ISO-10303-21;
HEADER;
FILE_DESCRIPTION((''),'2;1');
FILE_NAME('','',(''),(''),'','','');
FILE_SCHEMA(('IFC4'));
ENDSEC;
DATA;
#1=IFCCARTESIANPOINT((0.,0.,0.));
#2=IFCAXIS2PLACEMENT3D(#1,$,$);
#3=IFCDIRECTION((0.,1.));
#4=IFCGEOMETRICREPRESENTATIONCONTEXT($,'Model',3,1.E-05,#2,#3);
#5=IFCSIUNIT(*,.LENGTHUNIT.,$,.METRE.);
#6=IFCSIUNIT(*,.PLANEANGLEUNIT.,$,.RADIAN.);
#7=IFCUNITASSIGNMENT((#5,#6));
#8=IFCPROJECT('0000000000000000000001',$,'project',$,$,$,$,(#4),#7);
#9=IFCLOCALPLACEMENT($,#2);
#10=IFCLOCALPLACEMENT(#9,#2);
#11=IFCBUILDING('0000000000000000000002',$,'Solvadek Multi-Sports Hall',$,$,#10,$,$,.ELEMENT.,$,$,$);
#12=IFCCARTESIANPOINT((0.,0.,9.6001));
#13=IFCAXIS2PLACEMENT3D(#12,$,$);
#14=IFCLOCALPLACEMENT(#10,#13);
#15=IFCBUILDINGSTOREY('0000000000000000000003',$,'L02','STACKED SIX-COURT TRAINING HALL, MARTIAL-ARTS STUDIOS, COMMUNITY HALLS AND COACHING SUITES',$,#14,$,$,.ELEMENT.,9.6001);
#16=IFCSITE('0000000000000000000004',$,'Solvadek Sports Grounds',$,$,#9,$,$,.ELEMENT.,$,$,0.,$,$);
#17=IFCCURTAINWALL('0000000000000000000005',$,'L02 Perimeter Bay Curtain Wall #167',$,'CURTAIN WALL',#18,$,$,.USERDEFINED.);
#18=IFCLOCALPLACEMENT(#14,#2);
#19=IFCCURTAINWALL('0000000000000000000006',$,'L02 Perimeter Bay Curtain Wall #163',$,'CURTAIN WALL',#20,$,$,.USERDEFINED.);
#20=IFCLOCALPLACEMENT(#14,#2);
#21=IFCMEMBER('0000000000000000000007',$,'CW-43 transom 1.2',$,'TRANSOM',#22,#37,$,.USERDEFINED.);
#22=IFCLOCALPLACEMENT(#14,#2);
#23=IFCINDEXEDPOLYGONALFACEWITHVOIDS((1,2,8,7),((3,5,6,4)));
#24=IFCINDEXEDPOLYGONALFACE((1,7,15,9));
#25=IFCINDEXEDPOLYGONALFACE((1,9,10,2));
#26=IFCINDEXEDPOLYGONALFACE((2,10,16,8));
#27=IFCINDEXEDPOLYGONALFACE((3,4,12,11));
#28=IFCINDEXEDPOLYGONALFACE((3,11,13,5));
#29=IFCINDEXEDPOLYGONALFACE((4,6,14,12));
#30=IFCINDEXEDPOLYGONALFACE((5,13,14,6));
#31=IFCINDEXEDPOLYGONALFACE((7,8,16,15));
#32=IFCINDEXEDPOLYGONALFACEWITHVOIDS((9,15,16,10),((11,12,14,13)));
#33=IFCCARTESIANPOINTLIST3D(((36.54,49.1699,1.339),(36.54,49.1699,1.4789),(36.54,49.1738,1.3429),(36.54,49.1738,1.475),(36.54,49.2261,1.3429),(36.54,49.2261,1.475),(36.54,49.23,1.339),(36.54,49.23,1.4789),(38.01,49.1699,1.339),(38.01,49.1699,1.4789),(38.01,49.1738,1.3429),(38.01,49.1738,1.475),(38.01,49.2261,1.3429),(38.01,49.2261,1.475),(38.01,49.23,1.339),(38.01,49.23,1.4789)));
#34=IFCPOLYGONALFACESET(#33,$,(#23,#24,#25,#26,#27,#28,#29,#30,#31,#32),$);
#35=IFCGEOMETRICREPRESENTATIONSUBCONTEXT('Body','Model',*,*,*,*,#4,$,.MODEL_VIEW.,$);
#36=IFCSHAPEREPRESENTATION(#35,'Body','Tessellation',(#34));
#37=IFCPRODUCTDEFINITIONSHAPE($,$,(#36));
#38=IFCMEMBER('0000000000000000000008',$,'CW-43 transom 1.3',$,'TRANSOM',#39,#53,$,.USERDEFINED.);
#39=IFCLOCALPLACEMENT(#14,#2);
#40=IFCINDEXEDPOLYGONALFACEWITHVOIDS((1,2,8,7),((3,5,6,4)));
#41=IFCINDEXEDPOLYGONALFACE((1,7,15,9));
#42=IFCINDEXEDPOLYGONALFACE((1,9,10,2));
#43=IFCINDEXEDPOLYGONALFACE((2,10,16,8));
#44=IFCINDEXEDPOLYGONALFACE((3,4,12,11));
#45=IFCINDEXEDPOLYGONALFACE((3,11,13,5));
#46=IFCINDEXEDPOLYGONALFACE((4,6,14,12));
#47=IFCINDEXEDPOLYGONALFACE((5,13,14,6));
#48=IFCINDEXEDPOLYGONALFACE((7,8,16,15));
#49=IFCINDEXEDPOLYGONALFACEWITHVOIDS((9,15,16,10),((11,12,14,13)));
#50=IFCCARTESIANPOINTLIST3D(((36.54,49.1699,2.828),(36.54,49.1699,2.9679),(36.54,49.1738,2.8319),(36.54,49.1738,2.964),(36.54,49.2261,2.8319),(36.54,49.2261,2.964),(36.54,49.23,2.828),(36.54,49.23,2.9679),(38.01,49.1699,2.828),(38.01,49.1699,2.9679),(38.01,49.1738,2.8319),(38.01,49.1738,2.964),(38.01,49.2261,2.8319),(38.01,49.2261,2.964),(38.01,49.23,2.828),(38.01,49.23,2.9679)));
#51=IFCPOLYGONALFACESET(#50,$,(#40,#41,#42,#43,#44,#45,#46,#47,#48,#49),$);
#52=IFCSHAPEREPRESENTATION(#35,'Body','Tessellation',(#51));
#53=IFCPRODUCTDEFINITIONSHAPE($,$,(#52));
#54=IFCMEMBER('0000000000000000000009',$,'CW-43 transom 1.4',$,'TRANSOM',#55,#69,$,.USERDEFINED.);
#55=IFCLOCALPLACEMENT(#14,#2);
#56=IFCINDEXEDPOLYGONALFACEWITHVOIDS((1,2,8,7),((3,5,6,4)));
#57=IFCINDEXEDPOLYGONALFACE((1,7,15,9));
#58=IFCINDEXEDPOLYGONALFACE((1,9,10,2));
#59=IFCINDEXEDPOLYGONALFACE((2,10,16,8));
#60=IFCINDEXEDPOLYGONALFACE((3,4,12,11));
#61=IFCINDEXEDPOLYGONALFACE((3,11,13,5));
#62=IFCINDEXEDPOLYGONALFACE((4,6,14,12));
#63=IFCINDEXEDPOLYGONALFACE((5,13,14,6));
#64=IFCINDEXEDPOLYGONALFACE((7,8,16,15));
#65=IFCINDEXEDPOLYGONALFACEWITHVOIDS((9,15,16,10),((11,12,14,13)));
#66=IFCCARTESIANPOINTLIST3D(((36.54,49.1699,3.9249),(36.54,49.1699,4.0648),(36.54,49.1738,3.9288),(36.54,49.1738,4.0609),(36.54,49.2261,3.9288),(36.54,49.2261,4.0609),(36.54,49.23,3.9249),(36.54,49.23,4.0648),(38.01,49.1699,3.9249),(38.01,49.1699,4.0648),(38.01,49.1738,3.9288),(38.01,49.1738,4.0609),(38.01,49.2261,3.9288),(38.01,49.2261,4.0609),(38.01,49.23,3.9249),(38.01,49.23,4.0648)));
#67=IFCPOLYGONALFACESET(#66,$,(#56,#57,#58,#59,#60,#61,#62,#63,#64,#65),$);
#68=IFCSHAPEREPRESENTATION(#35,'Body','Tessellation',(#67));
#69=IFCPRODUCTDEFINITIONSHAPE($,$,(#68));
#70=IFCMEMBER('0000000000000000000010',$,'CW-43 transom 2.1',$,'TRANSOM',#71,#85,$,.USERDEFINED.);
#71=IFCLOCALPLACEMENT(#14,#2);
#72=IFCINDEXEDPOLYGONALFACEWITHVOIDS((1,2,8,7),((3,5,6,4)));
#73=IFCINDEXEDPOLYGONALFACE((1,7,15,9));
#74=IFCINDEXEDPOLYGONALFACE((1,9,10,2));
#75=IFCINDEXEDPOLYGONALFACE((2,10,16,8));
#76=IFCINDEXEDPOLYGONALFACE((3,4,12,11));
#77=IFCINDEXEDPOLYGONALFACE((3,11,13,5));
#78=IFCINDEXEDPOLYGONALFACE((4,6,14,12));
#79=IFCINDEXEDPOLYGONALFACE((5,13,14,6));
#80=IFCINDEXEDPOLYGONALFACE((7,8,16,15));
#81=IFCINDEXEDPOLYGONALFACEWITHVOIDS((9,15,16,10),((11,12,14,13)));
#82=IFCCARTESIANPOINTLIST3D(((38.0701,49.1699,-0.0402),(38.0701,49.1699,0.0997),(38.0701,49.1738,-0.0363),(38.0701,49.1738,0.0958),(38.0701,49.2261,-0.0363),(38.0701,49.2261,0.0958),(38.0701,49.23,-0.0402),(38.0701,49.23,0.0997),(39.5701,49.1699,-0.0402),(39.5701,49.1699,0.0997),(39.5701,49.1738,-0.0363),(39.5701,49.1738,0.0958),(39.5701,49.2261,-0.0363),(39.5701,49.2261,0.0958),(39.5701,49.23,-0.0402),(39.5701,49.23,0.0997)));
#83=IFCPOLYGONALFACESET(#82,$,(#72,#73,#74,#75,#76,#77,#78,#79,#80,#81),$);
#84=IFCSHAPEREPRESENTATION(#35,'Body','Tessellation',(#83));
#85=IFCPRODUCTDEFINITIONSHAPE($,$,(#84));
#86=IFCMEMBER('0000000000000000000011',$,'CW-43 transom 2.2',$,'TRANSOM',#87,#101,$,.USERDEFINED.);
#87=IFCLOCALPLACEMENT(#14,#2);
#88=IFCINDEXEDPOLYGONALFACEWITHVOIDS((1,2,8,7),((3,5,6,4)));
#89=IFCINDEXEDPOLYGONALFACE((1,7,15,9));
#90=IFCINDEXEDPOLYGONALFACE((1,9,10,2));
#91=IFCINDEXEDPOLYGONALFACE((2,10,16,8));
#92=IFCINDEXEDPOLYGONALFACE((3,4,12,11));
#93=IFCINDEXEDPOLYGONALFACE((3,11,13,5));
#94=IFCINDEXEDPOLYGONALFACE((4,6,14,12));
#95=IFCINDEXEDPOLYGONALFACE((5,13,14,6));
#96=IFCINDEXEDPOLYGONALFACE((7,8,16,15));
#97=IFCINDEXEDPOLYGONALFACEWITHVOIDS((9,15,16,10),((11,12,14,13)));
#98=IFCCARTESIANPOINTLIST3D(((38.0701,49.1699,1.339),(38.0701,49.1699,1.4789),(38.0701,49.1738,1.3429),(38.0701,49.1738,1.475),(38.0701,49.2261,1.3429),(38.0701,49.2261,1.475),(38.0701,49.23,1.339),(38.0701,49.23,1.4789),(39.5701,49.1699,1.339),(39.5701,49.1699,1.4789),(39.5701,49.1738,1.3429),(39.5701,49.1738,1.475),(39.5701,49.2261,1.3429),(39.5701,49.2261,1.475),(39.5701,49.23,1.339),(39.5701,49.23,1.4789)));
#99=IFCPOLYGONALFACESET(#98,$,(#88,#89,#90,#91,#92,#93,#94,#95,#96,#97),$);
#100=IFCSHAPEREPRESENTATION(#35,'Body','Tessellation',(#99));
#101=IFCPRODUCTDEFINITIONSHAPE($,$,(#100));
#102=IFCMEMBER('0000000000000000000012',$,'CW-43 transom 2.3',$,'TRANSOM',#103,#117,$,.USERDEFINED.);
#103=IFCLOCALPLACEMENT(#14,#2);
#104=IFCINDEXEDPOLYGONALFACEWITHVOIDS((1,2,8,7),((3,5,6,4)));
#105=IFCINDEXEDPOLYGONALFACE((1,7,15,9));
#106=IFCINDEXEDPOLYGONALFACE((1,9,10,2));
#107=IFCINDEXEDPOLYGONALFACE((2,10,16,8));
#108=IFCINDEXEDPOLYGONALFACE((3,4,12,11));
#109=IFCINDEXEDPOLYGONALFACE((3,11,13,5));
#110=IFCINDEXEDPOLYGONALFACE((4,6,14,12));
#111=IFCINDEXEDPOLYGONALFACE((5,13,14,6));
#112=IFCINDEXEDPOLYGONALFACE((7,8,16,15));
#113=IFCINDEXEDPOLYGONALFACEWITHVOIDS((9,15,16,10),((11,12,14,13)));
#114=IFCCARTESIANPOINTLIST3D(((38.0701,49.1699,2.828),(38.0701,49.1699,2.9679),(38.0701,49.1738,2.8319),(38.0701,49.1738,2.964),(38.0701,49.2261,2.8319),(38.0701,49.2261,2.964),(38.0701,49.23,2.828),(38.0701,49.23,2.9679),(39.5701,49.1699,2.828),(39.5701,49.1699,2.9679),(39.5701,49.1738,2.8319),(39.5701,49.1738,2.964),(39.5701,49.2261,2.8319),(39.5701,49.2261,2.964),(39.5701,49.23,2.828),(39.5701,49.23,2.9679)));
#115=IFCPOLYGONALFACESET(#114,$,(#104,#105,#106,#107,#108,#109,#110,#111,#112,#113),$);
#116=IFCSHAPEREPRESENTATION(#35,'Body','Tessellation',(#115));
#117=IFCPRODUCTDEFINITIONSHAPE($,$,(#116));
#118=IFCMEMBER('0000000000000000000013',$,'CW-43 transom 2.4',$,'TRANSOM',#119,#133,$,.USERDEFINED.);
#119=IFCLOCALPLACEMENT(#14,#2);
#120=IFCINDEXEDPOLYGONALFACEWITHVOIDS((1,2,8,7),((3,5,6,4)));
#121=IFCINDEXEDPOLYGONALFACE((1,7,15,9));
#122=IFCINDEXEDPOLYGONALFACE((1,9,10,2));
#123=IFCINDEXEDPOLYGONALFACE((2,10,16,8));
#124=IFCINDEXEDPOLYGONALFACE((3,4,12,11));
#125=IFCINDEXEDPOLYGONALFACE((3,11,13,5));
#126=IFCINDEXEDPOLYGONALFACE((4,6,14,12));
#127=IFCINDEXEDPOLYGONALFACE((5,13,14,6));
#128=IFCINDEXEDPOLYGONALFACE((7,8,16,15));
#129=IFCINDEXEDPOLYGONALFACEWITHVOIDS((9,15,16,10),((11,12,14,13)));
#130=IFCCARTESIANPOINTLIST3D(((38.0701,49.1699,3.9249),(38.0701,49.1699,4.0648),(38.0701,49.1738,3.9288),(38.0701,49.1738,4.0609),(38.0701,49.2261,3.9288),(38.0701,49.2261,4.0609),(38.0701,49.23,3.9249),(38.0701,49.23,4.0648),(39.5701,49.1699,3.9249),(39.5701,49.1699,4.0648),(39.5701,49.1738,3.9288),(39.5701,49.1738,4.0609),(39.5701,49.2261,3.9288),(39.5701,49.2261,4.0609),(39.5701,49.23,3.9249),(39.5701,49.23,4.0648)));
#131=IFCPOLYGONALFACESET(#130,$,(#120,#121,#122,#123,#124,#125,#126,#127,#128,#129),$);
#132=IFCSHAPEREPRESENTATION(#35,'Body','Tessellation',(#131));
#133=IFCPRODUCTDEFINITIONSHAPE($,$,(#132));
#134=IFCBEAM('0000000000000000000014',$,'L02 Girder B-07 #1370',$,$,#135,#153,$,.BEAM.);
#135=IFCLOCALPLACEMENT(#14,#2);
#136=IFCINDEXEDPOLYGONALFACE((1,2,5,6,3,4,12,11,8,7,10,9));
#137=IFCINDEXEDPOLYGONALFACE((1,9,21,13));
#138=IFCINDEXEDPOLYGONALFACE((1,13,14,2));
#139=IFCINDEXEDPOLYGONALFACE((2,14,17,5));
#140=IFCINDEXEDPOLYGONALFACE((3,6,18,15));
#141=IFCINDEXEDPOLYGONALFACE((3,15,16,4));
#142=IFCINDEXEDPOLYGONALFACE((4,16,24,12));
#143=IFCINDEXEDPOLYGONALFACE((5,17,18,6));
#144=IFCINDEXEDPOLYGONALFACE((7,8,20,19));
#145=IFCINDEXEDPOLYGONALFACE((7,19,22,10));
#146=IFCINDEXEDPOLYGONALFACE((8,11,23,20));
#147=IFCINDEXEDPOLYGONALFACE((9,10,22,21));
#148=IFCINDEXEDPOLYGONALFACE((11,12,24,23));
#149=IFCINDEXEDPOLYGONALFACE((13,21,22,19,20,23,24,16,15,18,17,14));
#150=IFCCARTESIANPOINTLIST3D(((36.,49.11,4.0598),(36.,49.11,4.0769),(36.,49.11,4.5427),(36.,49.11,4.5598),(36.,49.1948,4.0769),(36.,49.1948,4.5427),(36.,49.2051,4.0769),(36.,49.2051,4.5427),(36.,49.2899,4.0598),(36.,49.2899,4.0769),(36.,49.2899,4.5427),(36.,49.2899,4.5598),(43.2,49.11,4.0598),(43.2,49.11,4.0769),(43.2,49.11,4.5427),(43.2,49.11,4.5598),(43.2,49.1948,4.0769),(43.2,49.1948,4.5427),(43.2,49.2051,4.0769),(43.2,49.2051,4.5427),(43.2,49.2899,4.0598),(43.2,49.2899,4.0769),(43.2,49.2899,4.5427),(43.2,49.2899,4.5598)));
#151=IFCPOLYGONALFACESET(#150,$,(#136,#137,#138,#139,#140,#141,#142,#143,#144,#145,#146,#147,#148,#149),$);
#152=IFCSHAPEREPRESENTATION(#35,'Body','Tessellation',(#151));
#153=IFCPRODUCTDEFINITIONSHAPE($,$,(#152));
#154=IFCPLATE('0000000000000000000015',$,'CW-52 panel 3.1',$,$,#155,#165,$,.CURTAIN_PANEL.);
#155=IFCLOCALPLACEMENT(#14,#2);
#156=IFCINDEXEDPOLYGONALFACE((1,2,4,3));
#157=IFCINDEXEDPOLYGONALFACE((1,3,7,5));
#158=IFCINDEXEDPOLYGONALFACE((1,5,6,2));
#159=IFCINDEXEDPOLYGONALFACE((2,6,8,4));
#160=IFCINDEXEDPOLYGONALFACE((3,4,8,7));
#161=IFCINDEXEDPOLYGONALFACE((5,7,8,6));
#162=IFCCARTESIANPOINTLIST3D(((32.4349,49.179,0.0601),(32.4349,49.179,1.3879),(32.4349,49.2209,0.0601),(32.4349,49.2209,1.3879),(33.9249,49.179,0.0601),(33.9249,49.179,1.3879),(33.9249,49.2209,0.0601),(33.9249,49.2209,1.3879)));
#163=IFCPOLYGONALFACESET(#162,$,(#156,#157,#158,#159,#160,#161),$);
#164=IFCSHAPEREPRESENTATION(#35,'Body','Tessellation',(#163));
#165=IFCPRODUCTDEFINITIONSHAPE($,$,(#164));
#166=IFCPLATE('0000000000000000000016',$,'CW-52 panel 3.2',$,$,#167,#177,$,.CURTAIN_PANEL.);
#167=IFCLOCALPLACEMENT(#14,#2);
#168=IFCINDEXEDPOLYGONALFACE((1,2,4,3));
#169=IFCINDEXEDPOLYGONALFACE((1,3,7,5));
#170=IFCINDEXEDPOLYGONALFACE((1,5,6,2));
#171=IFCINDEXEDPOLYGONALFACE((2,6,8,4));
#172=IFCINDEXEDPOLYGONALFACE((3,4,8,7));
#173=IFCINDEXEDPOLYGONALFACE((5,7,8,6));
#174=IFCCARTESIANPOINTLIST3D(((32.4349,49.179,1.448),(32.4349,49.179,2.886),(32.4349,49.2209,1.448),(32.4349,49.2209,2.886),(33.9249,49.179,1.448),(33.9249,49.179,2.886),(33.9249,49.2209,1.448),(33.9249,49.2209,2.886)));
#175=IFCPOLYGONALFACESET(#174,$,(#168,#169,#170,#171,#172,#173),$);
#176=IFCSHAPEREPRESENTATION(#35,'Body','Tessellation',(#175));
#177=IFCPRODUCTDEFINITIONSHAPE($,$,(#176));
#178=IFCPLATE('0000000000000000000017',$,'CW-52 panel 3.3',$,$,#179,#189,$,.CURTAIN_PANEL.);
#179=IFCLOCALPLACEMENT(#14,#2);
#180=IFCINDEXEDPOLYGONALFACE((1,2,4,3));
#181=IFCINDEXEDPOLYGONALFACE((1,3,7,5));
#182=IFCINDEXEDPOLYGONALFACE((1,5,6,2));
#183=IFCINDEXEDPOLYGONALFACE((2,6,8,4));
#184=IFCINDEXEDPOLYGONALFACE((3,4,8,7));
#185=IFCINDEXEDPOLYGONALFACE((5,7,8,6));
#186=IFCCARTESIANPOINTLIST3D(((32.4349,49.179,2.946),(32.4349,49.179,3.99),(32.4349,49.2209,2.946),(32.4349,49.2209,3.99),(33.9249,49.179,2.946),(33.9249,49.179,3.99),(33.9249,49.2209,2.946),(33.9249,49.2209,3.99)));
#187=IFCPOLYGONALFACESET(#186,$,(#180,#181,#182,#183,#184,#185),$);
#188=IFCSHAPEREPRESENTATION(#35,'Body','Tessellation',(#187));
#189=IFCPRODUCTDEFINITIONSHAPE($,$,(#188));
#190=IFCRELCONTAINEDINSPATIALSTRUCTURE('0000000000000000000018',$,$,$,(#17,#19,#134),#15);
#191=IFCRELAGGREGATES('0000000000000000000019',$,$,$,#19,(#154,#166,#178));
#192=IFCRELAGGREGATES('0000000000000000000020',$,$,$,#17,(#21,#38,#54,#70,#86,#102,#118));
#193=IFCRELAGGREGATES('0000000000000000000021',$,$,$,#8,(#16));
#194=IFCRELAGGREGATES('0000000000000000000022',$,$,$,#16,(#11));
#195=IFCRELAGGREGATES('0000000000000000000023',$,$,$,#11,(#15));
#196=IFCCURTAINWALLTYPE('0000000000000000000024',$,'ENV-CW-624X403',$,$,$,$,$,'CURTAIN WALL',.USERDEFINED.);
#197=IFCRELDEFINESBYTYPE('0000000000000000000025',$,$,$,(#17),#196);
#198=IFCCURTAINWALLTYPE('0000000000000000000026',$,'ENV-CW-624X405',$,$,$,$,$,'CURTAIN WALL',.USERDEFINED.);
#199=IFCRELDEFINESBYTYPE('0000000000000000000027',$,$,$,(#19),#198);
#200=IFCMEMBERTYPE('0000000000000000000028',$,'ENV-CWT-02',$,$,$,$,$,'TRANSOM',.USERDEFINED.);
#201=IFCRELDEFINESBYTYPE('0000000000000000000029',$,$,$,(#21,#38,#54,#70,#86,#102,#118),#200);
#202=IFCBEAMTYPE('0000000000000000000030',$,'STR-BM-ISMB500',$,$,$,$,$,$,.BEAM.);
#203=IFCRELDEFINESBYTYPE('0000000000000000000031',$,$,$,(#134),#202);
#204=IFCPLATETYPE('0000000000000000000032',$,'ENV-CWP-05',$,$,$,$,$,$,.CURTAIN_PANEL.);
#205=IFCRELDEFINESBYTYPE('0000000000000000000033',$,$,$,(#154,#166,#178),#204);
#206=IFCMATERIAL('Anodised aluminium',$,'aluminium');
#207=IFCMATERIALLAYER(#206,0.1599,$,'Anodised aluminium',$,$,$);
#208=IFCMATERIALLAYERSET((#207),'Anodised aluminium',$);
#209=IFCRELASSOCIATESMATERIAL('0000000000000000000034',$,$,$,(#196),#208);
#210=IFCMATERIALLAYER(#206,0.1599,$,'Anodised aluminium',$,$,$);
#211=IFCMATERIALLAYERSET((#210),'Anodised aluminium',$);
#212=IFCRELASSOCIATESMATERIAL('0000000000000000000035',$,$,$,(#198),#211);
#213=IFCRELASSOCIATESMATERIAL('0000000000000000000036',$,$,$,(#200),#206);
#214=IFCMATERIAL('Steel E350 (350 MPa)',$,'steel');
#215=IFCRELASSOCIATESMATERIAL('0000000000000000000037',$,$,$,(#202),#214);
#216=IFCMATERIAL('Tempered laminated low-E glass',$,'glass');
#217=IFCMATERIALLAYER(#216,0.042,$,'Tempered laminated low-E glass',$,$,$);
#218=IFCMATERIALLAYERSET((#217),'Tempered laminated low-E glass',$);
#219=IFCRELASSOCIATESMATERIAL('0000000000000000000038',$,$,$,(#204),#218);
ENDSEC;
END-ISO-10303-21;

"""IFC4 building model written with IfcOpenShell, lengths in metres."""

from ifc_helpers import new_model, si_unit, direction, frame, origin, origin_2d, place, context, subcontext, project, spatial, rectangle, hollow_rectangle, i_section, extrude, material, layer, layer_set, material_profile, profile_set, type_object, element, aggregate, save


model = new_model("IFC4")

# Units and contexts
model_context = context("Model", 3, precision=1e-05, world=origin(), true_north=direction((0.0, 1.0)))
body_context = subcontext(model_context, "Body", "Model", "MODEL_VIEW")
ifc_project = project(units=[si_unit("LENGTHUNIT", "METRE"), si_unit("PLANEANGLEUNIT", "RADIAN")], contexts=[model_context])

# Site, building, storey
site_placement = place(None, origin())
site = spatial("IfcSite", under=ifc_project, at=site_placement, Name="Solvadek Sports Grounds", CompositionType="ELEMENT", RefElevation=0.0)
building_placement = place(site_placement, origin())
building = spatial("IfcBuilding", under=site, at=building_placement, Name="Solvadek Multi-Sports Hall", CompositionType="ELEMENT")
storey_placement = place(building_placement, frame((0.0, 0.0, 9.6001)))
storey = spatial("IfcBuildingStorey", under=building, at=storey_placement, Name="L02", Description="STACKED SIX-COURT TRAINING HALL, MARTIAL-ARTS STUDIOS, COMMUNITY HALLS AND COACHING SUITES", CompositionType="ELEMENT", Elevation=9.6001)

# Shared definitions
ifc_material_1 = material(Name="Steel E350 (350 MPa)", Category="steel")

# Curtain walls
ifc_material_2 = material(Name="Anodised aluminium", Category="aluminium")
ifc_layer_1 = layer(ifc_material_2, 0.1599, Name="Anodised aluminium")
ifc_layer_set_1 = layer_set([ifc_layer_1], Name="Anodised aluminium")
curtain_wall_type_1 = type_object("IfcCurtainWallType", Name="ENV-CW-624X403", ElementType="CURTAIN WALL", PredefinedType="USERDEFINED", material=ifc_layer_set_1)
curtain_wall_1_placement = place(storey_placement, origin())
curtain_wall_1 = element("IfcCurtainWall", 1, at=curtain_wall_1_placement, inside=storey, type_object=curtain_wall_type_1, Name="L02 Perimeter Bay Curtain Wall #167", ObjectType="CURTAIN WALL", PredefinedType="USERDEFINED")
ifc_layer_2 = layer(ifc_material_2, 0.1599, Name="Anodised aluminium")
ifc_layer_set_2 = layer_set([ifc_layer_2], Name="Anodised aluminium")
curtain_wall_type_2 = type_object("IfcCurtainWallType", Name="ENV-CW-624X405", ElementType="CURTAIN WALL", PredefinedType="USERDEFINED", material=ifc_layer_set_2)
curtain_wall_2_placement = place(storey_placement, origin())
curtain_wall_2 = element("IfcCurtainWall", 2, at=curtain_wall_2_placement, inside=storey, type_object=curtain_wall_type_2, Name="L02 Perimeter Bay Curtain Wall #163", ObjectType="CURTAIN WALL", PredefinedType="USERDEFINED")

# Members
ifc_material_profile_1 = material_profile(ifc_material_2, hollow_rectangle(XDim=0.0601, YDim=0.1399, WallThickness=0.0039, at=origin_2d()), Name="ALU-T 140x60x4")
ifc_profile_set_1 = profile_set([ifc_material_profile_1], Name="Anodised aluminium")
member_type_1 = type_object("IfcMemberType", Name="ENV-CWT-02", ElementType="TRANSOM", PredefinedType="USERDEFINED", material=ifc_profile_set_1)
member_1_placement = place(storey_placement, frame((36.54, 49.2, 1.4089), z_axis=(1.0, 0.0, 0.0), x_axis=(0.0, 1.0, 0.0)))
member_1 = element("IfcMember", 3, at=member_1_placement, type_object=member_type_1, Name="CW-43 transom 1.2", ObjectType="TRANSOM", PredefinedType="USERDEFINED", context=body_context, shape_type="SweptSolid", body=[
    extrude(hollow_rectangle(XDim=0.0601, YDim=0.1399, WallThickness=0.0039, at=origin_2d()), origin(), (0.0, 0.0, 1.0), 1.47),
])
member_2_placement = place(storey_placement, frame((36.54, 49.2, 2.8979), z_axis=(1.0, 0.0, 0.0), x_axis=(0.0, 1.0, 0.0)))
member_2 = element("IfcMember", 4, at=member_2_placement, type_object=member_type_1, Name="CW-43 transom 1.3", ObjectType="TRANSOM", PredefinedType="USERDEFINED", context=body_context, shape_type="SweptSolid", body=[
    extrude(hollow_rectangle(XDim=0.0601, YDim=0.1399, WallThickness=0.0039, at=origin_2d()), origin(), (0.0, 0.0, 1.0), 1.47),
])
member_3_placement = place(storey_placement, frame((36.54, 49.2, 3.9949), z_axis=(1.0, 0.0, 0.0), x_axis=(0.0, 1.0, 0.0)))
member_3 = element("IfcMember", 5, at=member_3_placement, type_object=member_type_1, Name="CW-43 transom 1.4", ObjectType="TRANSOM", PredefinedType="USERDEFINED", context=body_context, shape_type="SweptSolid", body=[
    extrude(hollow_rectangle(XDim=0.0601, YDim=0.1399, WallThickness=0.0039, at=origin_2d()), origin(), (0.0, 0.0, 1.0), 1.47),
])
member_4_placement = place(storey_placement, frame((38.0701, 49.2, 0.0298), z_axis=(1.0, 0.0, 0.0), x_axis=(0.0, 1.0, 0.0)))
member_4 = element("IfcMember", 6, at=member_4_placement, type_object=member_type_1, Name="CW-43 transom 2.1", ObjectType="TRANSOM", PredefinedType="USERDEFINED", context=body_context, shape_type="SweptSolid", body=[
    extrude(hollow_rectangle(XDim=0.0601, YDim=0.1399, WallThickness=0.0039, at=origin_2d()), origin(), (0.0, 0.0, 1.0), 1.5),
])
member_5_placement = place(storey_placement, frame((38.0701, 49.2, 1.4089), z_axis=(1.0, 0.0, 0.0), x_axis=(0.0, 1.0, 0.0)))
member_5 = element("IfcMember", 7, at=member_5_placement, type_object=member_type_1, Name="CW-43 transom 2.2", ObjectType="TRANSOM", PredefinedType="USERDEFINED", context=body_context, shape_type="SweptSolid", body=[
    extrude(hollow_rectangle(XDim=0.0601, YDim=0.1399, WallThickness=0.0039, at=origin_2d()), origin(), (0.0, 0.0, 1.0), 1.5),
])
member_6_placement = place(storey_placement, frame((38.0701, 49.2, 2.8979), z_axis=(1.0, 0.0, 0.0), x_axis=(0.0, 1.0, 0.0)))
member_6 = element("IfcMember", 8, at=member_6_placement, type_object=member_type_1, Name="CW-43 transom 2.3", ObjectType="TRANSOM", PredefinedType="USERDEFINED", context=body_context, shape_type="SweptSolid", body=[
    extrude(hollow_rectangle(XDim=0.0601, YDim=0.1399, WallThickness=0.0039, at=origin_2d()), origin(), (0.0, 0.0, 1.0), 1.5),
])
member_7_placement = place(storey_placement, frame((38.0701, 49.2, 3.9949), z_axis=(1.0, 0.0, 0.0), x_axis=(0.0, 1.0, 0.0)))
member_7 = element("IfcMember", 9, at=member_7_placement, type_object=member_type_1, Name="CW-43 transom 2.4", ObjectType="TRANSOM", PredefinedType="USERDEFINED", context=body_context, shape_type="SweptSolid", body=[
    extrude(hollow_rectangle(XDim=0.0601, YDim=0.1399, WallThickness=0.0039, at=origin_2d()), origin(), (0.0, 0.0, 1.0), 1.5),
])

# Beam
ifc_material_profile_2 = material_profile(ifc_material_1, i_section(OverallWidth=0.1799, OverallDepth=0.5, WebThickness=0.0103, FlangeThickness=0.0171, at=origin_2d()), Name="ISMB 500")
ifc_profile_set_2 = profile_set([ifc_material_profile_2], Name="Steel E350 (350 MPa)")
beam_type = type_object("IfcBeamType", Name="STR-BM-ISMB500", PredefinedType="BEAM", material=ifc_profile_set_2)
beam_placement = place(storey_placement, frame((36.0, 49.2, 4.3098), z_axis=(1.0, 0.0, 0.0), x_axis=(0.0, 1.0, 0.0)))
element("IfcBeam", 10, at=beam_placement, inside=storey, type_object=beam_type, Name="L02 Girder B-07 #1370", PredefinedType="BEAM", context=body_context, shape_type="SweptSolid", body=[
    extrude(i_section(OverallWidth=0.1799, OverallDepth=0.5, WebThickness=0.0103, FlangeThickness=0.0171, at=origin_2d()), origin(), (0.0, 0.0, 1.0), 7.2),
])

# Plates
ifc_material_3 = material(Name="Tempered laminated low-E glass", Category="glass")
ifc_layer_3 = layer(ifc_material_3, 0.042, Name="Tempered laminated low-E glass")
ifc_layer_set_3 = layer_set([ifc_layer_3], Name="Tempered laminated low-E glass")
plate_type_1 = type_object("IfcPlateType", Name="ENV-CWP-05", PredefinedType="CURTAIN_PANEL", material=ifc_layer_set_3)
plate_1_placement = place(storey_placement, frame((33.1799, 49.2, 0.0601), z_axis=(0.0, 0.0, 1.0), x_axis=(1.0, 0.0, 0.0)))
plate_1 = element("IfcPlate", 11, at=plate_1_placement, type_object=plate_type_1, Name="CW-52 panel 3.1", PredefinedType="CURTAIN_PANEL", context=body_context, shape_type="SweptSolid", body=[
    extrude(rectangle(XDim=1.49, YDim=0.042, at=origin_2d()), origin(), (0.0, 0.0, 1.0), 1.3279),
])
plate_2_placement = place(storey_placement, frame((33.1799, 49.2, 1.448), z_axis=(0.0, 0.0, 1.0), x_axis=(1.0, 0.0, 0.0)))
plate_2 = element("IfcPlate", 12, at=plate_2_placement, type_object=plate_type_1, Name="CW-52 panel 3.2", PredefinedType="CURTAIN_PANEL", context=body_context, shape_type="SweptSolid", body=[
    extrude(rectangle(XDim=1.49, YDim=0.042, at=origin_2d()), origin(), (0.0, 0.0, 1.0), 1.438),
])
plate_3_placement = place(storey_placement, frame((33.1799, 49.2, 2.946), z_axis=(0.0, 0.0, 1.0), x_axis=(1.0, 0.0, 0.0)))
plate_3 = element("IfcPlate", 13, at=plate_3_placement, type_object=plate_type_1, Name="CW-52 panel 3.3", PredefinedType="CURTAIN_PANEL", context=body_context, shape_type="SweptSolid", body=[
    extrude(rectangle(XDim=1.49, YDim=0.042, at=origin_2d()), origin(), (0.0, 0.0, 1.0), 1.0439),
])
aggregate(curtain_wall_2, [plate_1, plate_2, plate_3])
aggregate(curtain_wall_1, [member_1, member_2, member_3, member_4, member_5, member_6, member_7])

save(model, "model.ifc")
